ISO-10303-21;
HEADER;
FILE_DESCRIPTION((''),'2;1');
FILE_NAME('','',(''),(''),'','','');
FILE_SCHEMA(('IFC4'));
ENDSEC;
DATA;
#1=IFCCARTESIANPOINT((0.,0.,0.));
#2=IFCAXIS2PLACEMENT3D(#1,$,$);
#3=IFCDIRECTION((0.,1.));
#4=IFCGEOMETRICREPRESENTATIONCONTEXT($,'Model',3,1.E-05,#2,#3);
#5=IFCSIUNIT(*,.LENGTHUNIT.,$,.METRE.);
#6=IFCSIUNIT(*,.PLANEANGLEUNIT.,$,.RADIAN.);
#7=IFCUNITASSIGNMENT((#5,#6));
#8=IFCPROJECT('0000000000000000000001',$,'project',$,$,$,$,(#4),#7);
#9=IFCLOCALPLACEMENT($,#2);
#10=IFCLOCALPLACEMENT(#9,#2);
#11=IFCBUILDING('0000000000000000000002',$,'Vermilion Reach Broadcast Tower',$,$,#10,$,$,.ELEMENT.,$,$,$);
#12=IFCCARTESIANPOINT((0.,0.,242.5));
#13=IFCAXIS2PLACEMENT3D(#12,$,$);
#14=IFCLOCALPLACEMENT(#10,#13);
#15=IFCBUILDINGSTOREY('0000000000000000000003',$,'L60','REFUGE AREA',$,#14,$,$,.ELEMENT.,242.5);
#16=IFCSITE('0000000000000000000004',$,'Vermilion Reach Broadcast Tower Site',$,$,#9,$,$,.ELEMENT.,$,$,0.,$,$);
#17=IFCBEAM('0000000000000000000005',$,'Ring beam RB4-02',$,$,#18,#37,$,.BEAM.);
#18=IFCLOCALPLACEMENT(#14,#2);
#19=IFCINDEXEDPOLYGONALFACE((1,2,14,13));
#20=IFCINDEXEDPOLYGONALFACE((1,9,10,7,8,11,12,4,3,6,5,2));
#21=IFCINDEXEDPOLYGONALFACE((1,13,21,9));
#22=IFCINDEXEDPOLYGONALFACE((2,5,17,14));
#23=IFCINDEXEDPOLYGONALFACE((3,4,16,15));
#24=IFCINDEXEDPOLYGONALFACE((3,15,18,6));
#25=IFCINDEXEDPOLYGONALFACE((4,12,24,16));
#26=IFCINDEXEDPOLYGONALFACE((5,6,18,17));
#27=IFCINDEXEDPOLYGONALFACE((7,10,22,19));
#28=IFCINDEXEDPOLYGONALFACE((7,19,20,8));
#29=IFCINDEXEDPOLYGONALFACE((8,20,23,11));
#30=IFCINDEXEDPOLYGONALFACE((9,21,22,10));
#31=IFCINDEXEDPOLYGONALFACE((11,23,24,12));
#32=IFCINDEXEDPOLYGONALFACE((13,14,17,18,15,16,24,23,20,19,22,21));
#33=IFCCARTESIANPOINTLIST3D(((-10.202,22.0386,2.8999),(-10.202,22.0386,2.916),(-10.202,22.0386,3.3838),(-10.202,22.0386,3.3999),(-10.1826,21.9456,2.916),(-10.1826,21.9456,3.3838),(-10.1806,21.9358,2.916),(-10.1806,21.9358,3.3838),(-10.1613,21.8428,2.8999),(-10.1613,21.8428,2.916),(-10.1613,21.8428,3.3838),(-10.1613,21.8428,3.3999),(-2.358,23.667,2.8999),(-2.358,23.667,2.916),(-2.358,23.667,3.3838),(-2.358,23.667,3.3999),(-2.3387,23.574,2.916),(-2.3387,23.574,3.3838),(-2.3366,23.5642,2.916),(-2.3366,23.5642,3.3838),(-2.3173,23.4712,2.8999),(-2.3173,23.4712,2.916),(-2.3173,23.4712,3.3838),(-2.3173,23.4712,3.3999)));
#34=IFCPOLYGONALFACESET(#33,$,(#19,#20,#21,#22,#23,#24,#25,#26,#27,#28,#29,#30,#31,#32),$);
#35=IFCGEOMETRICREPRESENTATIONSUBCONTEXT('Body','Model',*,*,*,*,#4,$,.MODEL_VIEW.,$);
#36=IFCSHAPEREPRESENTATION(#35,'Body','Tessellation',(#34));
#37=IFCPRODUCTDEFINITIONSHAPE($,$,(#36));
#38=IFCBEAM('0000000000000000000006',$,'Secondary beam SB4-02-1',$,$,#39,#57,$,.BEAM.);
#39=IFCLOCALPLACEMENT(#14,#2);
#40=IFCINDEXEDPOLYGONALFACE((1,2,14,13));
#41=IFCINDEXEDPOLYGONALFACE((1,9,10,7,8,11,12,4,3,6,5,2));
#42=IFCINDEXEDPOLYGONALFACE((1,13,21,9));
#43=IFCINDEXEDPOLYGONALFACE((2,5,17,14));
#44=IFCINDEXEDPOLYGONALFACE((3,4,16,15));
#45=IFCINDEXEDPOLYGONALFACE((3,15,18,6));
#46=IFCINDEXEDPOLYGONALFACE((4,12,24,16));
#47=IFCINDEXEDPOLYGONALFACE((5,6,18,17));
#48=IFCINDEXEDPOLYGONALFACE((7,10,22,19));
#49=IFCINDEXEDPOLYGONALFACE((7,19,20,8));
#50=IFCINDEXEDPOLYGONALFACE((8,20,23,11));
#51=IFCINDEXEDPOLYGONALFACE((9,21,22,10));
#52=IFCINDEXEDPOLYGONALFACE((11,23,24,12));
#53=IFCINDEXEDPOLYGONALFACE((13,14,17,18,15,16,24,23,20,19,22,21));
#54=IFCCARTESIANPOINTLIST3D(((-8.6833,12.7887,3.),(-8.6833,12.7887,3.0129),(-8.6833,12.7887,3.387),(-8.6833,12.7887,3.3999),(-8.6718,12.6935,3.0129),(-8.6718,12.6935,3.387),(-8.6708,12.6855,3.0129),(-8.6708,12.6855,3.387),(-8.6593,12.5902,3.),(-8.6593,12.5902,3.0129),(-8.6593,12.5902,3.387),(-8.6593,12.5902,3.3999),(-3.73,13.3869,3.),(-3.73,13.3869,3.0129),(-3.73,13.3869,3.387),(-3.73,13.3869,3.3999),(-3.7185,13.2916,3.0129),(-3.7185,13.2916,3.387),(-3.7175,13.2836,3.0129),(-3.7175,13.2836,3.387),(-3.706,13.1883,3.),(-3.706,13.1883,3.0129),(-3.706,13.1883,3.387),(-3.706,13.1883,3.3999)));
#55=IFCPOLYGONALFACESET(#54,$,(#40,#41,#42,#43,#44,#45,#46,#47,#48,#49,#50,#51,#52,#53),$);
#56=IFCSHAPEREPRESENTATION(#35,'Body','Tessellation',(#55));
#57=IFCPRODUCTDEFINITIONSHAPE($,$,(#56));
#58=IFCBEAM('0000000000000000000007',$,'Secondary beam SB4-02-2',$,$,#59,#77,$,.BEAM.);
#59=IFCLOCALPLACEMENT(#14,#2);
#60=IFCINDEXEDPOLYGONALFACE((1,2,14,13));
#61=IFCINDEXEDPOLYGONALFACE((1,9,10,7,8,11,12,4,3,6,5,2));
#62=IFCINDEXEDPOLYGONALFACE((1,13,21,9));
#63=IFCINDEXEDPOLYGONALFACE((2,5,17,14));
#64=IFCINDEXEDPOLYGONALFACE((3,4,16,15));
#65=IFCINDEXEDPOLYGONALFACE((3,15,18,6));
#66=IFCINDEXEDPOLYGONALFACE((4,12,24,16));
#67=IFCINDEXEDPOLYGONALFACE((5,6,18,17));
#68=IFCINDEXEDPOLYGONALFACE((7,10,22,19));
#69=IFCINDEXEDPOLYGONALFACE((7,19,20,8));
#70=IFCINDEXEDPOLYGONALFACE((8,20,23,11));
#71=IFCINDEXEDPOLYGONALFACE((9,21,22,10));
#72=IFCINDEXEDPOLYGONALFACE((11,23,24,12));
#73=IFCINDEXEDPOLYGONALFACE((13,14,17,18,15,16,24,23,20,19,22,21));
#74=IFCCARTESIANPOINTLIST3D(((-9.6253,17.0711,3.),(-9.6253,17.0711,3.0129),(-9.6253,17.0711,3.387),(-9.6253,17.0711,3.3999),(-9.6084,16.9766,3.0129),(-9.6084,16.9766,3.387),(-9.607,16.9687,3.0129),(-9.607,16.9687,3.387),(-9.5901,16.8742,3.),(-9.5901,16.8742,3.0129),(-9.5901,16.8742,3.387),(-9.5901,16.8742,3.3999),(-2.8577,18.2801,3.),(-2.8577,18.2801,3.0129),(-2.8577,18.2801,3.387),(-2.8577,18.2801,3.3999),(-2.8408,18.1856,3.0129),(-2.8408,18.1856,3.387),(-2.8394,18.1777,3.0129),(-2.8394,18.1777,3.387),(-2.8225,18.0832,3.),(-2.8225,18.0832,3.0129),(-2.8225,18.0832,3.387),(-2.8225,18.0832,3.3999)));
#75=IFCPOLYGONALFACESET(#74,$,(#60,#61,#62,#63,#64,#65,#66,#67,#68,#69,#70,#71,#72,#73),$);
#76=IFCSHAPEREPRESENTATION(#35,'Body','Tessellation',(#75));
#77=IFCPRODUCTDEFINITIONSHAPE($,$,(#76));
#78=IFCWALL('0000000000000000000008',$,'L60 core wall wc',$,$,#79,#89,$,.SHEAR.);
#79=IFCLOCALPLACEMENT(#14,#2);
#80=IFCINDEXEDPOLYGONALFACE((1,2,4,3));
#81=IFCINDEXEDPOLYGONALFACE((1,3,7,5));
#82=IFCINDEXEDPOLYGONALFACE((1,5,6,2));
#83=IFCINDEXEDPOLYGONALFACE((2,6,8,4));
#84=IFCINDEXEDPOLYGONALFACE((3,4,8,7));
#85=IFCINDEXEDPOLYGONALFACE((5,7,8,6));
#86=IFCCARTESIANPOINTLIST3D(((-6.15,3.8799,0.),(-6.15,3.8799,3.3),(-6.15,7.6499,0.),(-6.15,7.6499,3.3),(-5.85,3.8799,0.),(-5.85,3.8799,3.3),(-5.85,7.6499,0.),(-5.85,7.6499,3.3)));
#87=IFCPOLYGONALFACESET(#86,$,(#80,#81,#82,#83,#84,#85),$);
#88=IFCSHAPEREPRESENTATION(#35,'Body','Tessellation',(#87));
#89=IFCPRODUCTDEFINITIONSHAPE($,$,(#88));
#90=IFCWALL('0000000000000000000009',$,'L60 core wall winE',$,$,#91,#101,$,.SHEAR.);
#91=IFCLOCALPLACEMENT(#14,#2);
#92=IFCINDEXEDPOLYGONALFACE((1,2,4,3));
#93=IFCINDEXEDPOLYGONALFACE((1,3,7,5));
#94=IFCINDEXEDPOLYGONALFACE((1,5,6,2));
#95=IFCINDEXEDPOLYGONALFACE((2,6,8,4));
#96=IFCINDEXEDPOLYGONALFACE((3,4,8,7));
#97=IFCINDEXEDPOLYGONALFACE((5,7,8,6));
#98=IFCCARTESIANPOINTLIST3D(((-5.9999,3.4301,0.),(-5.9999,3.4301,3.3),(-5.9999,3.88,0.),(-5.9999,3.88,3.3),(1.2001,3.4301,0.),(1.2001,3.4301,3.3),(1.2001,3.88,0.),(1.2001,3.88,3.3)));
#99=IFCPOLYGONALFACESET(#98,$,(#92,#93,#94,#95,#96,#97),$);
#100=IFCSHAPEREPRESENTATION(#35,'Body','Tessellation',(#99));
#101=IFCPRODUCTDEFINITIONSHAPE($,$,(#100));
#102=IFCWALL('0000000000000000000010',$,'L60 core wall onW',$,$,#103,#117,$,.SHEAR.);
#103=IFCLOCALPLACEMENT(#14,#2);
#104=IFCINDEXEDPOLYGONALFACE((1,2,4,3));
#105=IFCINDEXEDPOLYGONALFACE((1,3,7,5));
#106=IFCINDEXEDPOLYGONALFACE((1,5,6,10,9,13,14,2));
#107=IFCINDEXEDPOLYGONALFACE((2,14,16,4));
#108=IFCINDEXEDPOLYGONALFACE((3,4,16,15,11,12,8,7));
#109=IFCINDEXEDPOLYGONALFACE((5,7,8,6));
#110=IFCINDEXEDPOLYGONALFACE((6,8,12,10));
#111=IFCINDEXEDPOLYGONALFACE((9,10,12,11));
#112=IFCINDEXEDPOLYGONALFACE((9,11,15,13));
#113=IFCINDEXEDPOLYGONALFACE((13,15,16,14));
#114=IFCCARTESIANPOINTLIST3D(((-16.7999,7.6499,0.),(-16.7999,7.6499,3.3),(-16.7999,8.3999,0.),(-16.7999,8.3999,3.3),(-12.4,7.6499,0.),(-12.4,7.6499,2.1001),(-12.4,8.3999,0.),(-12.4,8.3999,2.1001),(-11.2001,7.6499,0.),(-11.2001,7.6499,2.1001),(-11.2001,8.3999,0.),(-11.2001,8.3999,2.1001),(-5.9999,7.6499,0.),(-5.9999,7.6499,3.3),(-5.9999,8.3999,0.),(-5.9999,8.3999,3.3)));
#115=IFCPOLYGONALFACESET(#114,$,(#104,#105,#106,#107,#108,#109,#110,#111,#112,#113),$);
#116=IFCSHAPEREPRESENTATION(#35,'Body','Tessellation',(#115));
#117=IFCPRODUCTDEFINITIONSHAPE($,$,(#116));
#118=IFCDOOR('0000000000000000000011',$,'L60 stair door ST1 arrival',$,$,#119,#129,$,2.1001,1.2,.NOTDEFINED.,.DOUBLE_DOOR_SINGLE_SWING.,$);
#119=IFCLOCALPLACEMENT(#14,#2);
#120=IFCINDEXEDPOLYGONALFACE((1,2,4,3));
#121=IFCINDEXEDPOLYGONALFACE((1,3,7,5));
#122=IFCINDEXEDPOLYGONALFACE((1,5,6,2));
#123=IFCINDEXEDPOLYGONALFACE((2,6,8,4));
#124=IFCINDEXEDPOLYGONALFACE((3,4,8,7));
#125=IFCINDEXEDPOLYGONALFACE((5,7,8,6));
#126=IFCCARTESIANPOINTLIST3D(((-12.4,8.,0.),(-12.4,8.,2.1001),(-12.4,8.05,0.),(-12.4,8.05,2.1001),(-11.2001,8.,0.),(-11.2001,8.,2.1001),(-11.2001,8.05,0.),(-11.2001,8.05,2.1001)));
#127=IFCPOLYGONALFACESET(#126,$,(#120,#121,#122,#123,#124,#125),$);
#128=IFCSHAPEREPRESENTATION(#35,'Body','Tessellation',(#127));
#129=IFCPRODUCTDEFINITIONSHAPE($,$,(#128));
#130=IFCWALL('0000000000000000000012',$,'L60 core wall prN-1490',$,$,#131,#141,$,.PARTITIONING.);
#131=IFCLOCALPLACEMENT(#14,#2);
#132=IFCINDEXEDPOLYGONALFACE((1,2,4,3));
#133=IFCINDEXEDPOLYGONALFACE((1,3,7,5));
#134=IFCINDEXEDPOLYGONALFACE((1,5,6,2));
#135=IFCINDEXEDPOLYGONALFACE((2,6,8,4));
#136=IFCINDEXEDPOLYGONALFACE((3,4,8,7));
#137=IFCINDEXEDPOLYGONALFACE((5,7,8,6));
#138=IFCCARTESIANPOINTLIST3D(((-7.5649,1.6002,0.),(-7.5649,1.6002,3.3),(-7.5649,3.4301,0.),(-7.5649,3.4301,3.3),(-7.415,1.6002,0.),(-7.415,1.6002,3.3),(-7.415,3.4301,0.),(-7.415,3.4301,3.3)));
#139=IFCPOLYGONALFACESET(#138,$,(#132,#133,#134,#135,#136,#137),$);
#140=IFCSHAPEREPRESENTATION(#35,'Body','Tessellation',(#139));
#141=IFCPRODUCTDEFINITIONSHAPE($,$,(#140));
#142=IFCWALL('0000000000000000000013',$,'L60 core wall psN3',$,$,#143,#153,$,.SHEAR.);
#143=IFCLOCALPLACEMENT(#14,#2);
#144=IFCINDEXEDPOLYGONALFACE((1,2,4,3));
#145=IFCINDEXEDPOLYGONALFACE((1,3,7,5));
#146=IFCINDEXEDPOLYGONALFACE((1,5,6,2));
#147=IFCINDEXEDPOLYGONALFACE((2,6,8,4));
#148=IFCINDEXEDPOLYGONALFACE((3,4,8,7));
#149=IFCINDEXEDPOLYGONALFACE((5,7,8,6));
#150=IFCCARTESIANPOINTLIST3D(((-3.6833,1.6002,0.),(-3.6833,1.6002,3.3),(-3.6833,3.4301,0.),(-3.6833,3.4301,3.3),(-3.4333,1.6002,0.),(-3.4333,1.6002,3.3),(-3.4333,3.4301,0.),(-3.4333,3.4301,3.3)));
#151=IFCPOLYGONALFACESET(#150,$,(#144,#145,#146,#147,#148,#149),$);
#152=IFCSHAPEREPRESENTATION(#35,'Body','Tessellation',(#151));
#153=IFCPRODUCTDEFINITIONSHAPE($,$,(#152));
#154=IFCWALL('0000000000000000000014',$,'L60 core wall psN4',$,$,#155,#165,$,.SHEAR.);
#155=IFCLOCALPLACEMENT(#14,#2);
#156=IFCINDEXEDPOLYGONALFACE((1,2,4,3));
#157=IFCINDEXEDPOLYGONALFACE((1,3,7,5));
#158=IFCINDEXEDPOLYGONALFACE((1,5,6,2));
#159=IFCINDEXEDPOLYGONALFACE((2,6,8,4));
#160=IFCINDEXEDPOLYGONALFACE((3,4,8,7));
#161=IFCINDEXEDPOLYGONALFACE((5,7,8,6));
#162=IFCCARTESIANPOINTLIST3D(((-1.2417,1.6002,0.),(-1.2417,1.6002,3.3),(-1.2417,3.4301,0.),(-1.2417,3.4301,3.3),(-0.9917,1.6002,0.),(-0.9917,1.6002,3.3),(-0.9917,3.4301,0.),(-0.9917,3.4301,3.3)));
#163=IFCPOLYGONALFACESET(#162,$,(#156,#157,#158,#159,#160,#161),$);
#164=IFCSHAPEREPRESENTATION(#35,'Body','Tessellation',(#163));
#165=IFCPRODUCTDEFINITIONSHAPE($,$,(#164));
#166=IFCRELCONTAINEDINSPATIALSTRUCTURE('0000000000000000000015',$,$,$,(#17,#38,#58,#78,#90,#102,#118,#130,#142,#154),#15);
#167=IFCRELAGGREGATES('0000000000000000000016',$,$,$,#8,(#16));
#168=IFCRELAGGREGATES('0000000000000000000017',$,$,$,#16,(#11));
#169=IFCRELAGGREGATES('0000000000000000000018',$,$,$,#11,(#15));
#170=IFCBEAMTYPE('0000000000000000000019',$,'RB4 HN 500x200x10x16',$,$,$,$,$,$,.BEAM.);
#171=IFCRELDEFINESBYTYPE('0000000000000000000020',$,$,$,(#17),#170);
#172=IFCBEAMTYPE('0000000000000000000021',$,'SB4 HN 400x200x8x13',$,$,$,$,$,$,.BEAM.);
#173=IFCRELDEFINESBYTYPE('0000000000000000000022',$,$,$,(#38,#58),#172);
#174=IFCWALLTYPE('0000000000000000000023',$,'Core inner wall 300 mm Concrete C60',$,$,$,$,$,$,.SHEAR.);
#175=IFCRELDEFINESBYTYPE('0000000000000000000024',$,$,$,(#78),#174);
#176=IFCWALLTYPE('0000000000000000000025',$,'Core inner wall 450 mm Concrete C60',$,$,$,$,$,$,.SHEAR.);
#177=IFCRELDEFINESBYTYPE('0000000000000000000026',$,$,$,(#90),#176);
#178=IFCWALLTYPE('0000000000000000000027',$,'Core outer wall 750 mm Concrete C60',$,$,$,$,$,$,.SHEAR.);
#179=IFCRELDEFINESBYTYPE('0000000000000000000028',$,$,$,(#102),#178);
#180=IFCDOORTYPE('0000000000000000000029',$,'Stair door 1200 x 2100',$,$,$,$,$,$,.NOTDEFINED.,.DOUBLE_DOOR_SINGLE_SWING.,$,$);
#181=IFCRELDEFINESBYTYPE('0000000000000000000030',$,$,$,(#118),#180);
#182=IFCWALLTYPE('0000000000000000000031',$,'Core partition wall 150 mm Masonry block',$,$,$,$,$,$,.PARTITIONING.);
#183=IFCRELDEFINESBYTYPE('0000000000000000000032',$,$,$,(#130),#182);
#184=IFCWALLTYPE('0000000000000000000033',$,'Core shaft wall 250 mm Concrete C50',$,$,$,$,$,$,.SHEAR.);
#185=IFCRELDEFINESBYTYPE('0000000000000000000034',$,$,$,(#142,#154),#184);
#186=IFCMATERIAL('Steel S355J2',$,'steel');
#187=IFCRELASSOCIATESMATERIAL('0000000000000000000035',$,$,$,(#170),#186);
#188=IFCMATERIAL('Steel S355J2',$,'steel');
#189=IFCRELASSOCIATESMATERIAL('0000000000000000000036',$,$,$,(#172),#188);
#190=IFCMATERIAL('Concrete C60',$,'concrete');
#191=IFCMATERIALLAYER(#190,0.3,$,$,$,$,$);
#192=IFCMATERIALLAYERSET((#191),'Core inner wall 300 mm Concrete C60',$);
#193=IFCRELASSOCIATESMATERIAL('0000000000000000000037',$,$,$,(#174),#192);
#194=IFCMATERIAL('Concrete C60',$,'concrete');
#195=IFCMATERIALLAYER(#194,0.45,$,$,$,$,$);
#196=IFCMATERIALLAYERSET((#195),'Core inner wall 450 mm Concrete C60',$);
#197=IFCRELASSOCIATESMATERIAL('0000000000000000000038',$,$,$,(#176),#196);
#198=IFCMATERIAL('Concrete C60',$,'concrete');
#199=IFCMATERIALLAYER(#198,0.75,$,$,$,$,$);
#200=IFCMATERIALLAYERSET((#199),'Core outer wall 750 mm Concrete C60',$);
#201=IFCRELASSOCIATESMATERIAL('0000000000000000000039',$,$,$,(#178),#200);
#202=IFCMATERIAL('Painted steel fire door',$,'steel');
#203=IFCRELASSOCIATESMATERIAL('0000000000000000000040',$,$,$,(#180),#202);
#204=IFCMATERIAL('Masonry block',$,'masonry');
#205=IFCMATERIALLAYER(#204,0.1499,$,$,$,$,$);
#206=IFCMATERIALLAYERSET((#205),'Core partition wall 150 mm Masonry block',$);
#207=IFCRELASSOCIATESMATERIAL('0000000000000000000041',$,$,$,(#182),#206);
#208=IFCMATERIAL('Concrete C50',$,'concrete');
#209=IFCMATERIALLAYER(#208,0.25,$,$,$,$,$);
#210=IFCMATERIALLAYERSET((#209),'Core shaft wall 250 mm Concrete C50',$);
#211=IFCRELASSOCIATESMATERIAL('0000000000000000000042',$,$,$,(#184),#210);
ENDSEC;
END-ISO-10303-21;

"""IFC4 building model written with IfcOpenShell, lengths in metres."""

from ifc_helpers import new_model, si_unit, direction, frame, frame_2d, origin, origin_2d, place, context, subcontext, project, spatial, rectangle, i_section, extrude, material, layer, layer_set, material_profile, profile_set, type_object, element, fill, save


model = new_model("IFC4")

# Units and contexts
model_context = context("Model", 3, precision=1e-05, world=origin(), true_north=direction((0.0, 1.0)))
body_context = subcontext(model_context, "Body", "Model", "MODEL_VIEW")
ifc_project = project(units=[si_unit("LENGTHUNIT", "METRE"), si_unit("PLANEANGLEUNIT", "RADIAN")], contexts=[model_context])

# Site, building, storey
site_placement = place(None, origin())
site = spatial("IfcSite", under=ifc_project, at=site_placement, Name="Vermilion Reach Broadcast Tower Site", CompositionType="ELEMENT", RefElevation=0.0)
building_placement = place(site_placement, origin())
building = spatial("IfcBuilding", under=site, at=building_placement, Name="Vermilion Reach Broadcast Tower", CompositionType="ELEMENT")
storey_placement = place(building_placement, frame((0.0, 0.0, 242.5)))
storey = spatial("IfcBuildingStorey", under=building, at=storey_placement, Name="L60", Description="REFUGE AREA", CompositionType="ELEMENT", Elevation=242.5)

# Beams
ifc_material_1 = material(Name="Steel S355J2", Category="steel")
ifc_material_profile_1 = material_profile(ifc_material_1, i_section(OverallWidth=0.2, OverallDepth=0.5, WebThickness=0.01, FlangeThickness=0.0161, at=origin_2d()), Name="S355J2 HN 500x200x10x16")
ifc_profile_set_1 = profile_set([ifc_material_profile_1], Name="Steel S355J2")
beam_type_1 = type_object("IfcBeamType", Name="RB4 HN 500x200x10x16", PredefinedType="BEAM", material=ifc_profile_set_1)
beam_1_placement = place(storey_placement, frame((-2.3376, 23.5691, 3.1499), z_axis=(-0.979123, -0.203267, 0.0), x_axis=(0.203267, -0.979123, 0.0)))
element("IfcBeam", 1, at=beam_1_placement, inside=storey, type_object=beam_type_1, Name="Ring beam RB4-02", PredefinedType="BEAM", context=body_context, shape_type="SweptSolid", body=[
    extrude(i_section(OverallWidth=0.2, OverallDepth=0.5, WebThickness=0.01, FlangeThickness=0.0161, at=origin_2d()), origin(), (0.0, 0.0, 1.0), 8.0112),
])
ifc_material_2 = material(Name="Steel S355J2", Category="steel")
ifc_material_profile_2 = material_profile(ifc_material_2, i_section(OverallWidth=0.2, OverallDepth=0.3999, WebThickness=0.0081, FlangeThickness=0.0129, at=origin_2d()), Name="S355J2 HN 400x200x8x13")
ifc_profile_set_2 = profile_set([ifc_material_profile_2], Name="Steel S355J2")
beam_type_2 = type_object("IfcBeamType", Name="SB4 HN 400x200x8x13", PredefinedType="BEAM", material=ifc_profile_set_2)
beam_2_placement = place(storey_placement, frame((-3.718, 13.2876, 3.2), z_axis=(-0.992788, -0.119884, 0.0), x_axis=(0.119884, -0.992788, 0.0)))
element("IfcBeam", 2, at=beam_2_placement, inside=storey, type_object=beam_type_2, Name="Secondary beam SB4-02-1", PredefinedType="BEAM", context=body_context, shape_type="SweptSolid", body=[
    extrude(i_section(OverallWidth=0.2, OverallDepth=0.3999, WebThickness=0.0081, FlangeThickness=0.0129, at=origin_2d()), origin(), (0.0, 0.0, 1.0), 4.9893),
])
beam_3_placement = place(storey_placement, frame((-2.8401, 18.1816, 3.2), z_axis=(-0.984415, -0.175859, 0.0), x_axis=(0.175859, -0.984415, 0.0)))
element("IfcBeam", 3, at=beam_3_placement, inside=storey, type_object=beam_type_2, Name="Secondary beam SB4-02-2", PredefinedType="BEAM", context=body_context, shape_type="SweptSolid", body=[
    extrude(i_section(OverallWidth=0.2, OverallDepth=0.3999, WebThickness=0.0081, FlangeThickness=0.0129, at=origin_2d()), origin(), (0.0, 0.0, 1.0), 6.8748),
])

# Walls
ifc_material_3 = material(Name="Concrete C60", Category="concrete")
ifc_layer_1 = layer(ifc_material_3, 0.3)
ifc_layer_set_1 = layer_set([ifc_layer_1], Name="Core inner wall 300 mm Concrete C60")
wall_type_1 = type_object("IfcWallType", Name="Core inner wall 300 mm Concrete C60", PredefinedType="SHEAR", material=ifc_layer_set_1)
wall_1_placement = place(storey_placement, frame((-6.0, 3.8799, 0.0), z_axis=(0.0, 0.0, 1.0), x_axis=(0.0, 1.0, 0.0)))
element("IfcWall", 4, at=wall_1_placement, inside=storey, type_object=wall_type_1, Name="L60 core wall wc", PredefinedType="SHEAR", context=body_context, shape_type="SweptSolid", body=[
    extrude(rectangle(XDim=3.77, YDim=0.3, at=frame_2d((1.885, 0.0))), origin(), (0.0, 0.0, 1.0), 3.3),
])
ifc_material_4 = material(Name="Concrete C60", Category="concrete")
ifc_layer_2 = layer(ifc_material_4, 0.45)
ifc_layer_set_2 = layer_set([ifc_layer_2], Name="Core inner wall 450 mm Concrete C60")
wall_type_2 = type_object("IfcWallType", Name="Core inner wall 450 mm Concrete C60", PredefinedType="SHEAR", material=ifc_layer_set_2)
wall_2_placement = place(storey_placement, frame((-6.0, 3.655, 0.0), z_axis=(0.0, 0.0, 1.0), x_axis=(1.0, 0.0, 0.0)))
element("IfcWall", 5, at=wall_2_placement, inside=storey, type_object=wall_type_2, Name="L60 core wall winE", PredefinedType="SHEAR", context=body_context, shape_type="SweptSolid", body=[
    extrude(rectangle(XDim=7.2, YDim=0.45, at=frame_2d((3.6001, 0.0))), origin(), (0.0, 0.0, 1.0), 3.3),
])

# Wall, opening, door
ifc_material_5 = material(Name="Concrete C60", Category="concrete")
ifc_layer_3 = layer(ifc_material_5, 0.75)
ifc_layer_set_3 = layer_set([ifc_layer_3], Name="Core outer wall 750 mm Concrete C60")
wall_type_3 = type_object("IfcWallType", Name="Core outer wall 750 mm Concrete C60", PredefinedType="SHEAR", material=ifc_layer_set_3)
wall_3_placement = place(storey_placement, frame((-6.0, 8.0249, 0.0), z_axis=(0.0, 0.0, 1.0), x_axis=(-1.0, 0.0, 0.0)))
wall_3 = element("IfcWall", 6, at=wall_3_placement, inside=storey, type_object=wall_type_3, Name="L60 core wall onW", PredefinedType="SHEAR", context=body_context, shape_type="SweptSolid", body=[
    extrude(rectangle(XDim=10.8, YDim=0.75, at=frame_2d((5.3999, 0.0))), origin(), (0.0, 0.0, 1.0), 3.3),
])
opening_1_placement = place(wall_3_placement, frame((5.2, 0.0, 0.0)))
opening_1 = element("IfcOpeningElement", 7, at=opening_1_placement, cuts=wall_3, PredefinedType="OPENING", context=body_context, shape_type="SweptSolid", body=[
    extrude(rectangle(XDim=1.2, YDim=2.1001, at=frame_2d((0.6001, 1.05))), frame((0.0, 0.385, 0.0), z_axis=(0.0, -1.0, 0.0), x_axis=(1.0, 0.0, 0.0)), (0.0, 0.0, 1.0), 0.77),
])
ifc_material_6 = material(Name="Painted steel fire door", Category="steel")
door_type_1 = type_object("IfcDoorType", Name="Stair door 1200 x 2100", OperationType="DOUBLE_DOOR_SINGLE_SWING", PredefinedType="NOTDEFINED", material=ifc_material_6)
door_1_placement = place(opening_1_placement, origin())
door_1 = element("IfcDoor", 8, at=door_1_placement, inside=storey, type_object=door_type_1, Name="L60 stair door ST1 arrival", OperationType="DOUBLE_DOOR_SINGLE_SWING", OverallHeight=2.1001, OverallWidth=1.2, PredefinedType="NOTDEFINED", context=body_context, shape_type="SweptSolid", body=[
    extrude(rectangle(XDim=1.2, YDim=2.1001, at=frame_2d((0.6001, 1.05))), frame((0.0, 0.0249, 0.0), z_axis=(0.0, -1.0, 0.0), x_axis=(1.0, 0.0, 0.0)), (0.0, 0.0, 1.0), 0.05),
])
fill(opening_1, door_1)

# Walls
ifc_material_7 = material(Name="Masonry block", Category="masonry")
ifc_layer_4 = layer(ifc_material_7, 0.1499)
ifc_layer_set_4 = layer_set([ifc_layer_4], Name="Core partition wall 150 mm Masonry block")
wall_type_4 = type_object("IfcWallType", Name="Core partition wall 150 mm Masonry block", PredefinedType="PARTITIONING", material=ifc_layer_set_4)
wall_4_placement = place(storey_placement, frame((-7.49, 1.6001, 0.0), z_axis=(0.0, 0.0, 1.0), x_axis=(0.0, 1.0, 0.0)))
element("IfcWall", 9, at=wall_4_placement, inside=storey, type_object=wall_type_4, Name="L60 core wall prN-1490", PredefinedType="PARTITIONING", context=body_context, shape_type="SweptSolid", body=[
    extrude(rectangle(XDim=1.8298, YDim=0.1499, at=frame_2d((0.915, 0.0))), origin(), (0.0, 0.0, 1.0), 3.3),
])
ifc_material_8 = material(Name="Concrete C50", Category="concrete")
ifc_layer_5 = layer(ifc_material_8, 0.25)
ifc_layer_set_5 = layer_set([ifc_layer_5], Name="Core shaft wall 250 mm Concrete C50")
wall_type_5 = type_object("IfcWallType", Name="Core shaft wall 250 mm Concrete C50", PredefinedType="SHEAR", material=ifc_layer_set_5)
for number, where, z_axis, x_axis, name in (
    (10, (-3.5583, 1.6001, 0.0), (0.0, 0.0, 1.0), (0.0, 1.0, 0.0), "L60 core wall psN3"),
    (11, (-1.1167, 1.6001, 0.0), (0.0, 0.0, 1.0), (0.0, 1.0, 0.0), "L60 core wall psN4"),
):
    element("IfcWall", number, at=place(storey_placement, frame(where, z_axis=z_axis, x_axis=x_axis)), inside=storey, type_object=wall_type_5, Name=name, PredefinedType="SHEAR", context=body_context, shape_type="SweptSolid", body=[
        extrude(rectangle(XDim=1.8298, YDim=0.25, at=frame_2d((0.915, 0.0))), origin(), (0.0, 0.0, 1.0), 3.3),
    ])

save(model, "model.ifc")
